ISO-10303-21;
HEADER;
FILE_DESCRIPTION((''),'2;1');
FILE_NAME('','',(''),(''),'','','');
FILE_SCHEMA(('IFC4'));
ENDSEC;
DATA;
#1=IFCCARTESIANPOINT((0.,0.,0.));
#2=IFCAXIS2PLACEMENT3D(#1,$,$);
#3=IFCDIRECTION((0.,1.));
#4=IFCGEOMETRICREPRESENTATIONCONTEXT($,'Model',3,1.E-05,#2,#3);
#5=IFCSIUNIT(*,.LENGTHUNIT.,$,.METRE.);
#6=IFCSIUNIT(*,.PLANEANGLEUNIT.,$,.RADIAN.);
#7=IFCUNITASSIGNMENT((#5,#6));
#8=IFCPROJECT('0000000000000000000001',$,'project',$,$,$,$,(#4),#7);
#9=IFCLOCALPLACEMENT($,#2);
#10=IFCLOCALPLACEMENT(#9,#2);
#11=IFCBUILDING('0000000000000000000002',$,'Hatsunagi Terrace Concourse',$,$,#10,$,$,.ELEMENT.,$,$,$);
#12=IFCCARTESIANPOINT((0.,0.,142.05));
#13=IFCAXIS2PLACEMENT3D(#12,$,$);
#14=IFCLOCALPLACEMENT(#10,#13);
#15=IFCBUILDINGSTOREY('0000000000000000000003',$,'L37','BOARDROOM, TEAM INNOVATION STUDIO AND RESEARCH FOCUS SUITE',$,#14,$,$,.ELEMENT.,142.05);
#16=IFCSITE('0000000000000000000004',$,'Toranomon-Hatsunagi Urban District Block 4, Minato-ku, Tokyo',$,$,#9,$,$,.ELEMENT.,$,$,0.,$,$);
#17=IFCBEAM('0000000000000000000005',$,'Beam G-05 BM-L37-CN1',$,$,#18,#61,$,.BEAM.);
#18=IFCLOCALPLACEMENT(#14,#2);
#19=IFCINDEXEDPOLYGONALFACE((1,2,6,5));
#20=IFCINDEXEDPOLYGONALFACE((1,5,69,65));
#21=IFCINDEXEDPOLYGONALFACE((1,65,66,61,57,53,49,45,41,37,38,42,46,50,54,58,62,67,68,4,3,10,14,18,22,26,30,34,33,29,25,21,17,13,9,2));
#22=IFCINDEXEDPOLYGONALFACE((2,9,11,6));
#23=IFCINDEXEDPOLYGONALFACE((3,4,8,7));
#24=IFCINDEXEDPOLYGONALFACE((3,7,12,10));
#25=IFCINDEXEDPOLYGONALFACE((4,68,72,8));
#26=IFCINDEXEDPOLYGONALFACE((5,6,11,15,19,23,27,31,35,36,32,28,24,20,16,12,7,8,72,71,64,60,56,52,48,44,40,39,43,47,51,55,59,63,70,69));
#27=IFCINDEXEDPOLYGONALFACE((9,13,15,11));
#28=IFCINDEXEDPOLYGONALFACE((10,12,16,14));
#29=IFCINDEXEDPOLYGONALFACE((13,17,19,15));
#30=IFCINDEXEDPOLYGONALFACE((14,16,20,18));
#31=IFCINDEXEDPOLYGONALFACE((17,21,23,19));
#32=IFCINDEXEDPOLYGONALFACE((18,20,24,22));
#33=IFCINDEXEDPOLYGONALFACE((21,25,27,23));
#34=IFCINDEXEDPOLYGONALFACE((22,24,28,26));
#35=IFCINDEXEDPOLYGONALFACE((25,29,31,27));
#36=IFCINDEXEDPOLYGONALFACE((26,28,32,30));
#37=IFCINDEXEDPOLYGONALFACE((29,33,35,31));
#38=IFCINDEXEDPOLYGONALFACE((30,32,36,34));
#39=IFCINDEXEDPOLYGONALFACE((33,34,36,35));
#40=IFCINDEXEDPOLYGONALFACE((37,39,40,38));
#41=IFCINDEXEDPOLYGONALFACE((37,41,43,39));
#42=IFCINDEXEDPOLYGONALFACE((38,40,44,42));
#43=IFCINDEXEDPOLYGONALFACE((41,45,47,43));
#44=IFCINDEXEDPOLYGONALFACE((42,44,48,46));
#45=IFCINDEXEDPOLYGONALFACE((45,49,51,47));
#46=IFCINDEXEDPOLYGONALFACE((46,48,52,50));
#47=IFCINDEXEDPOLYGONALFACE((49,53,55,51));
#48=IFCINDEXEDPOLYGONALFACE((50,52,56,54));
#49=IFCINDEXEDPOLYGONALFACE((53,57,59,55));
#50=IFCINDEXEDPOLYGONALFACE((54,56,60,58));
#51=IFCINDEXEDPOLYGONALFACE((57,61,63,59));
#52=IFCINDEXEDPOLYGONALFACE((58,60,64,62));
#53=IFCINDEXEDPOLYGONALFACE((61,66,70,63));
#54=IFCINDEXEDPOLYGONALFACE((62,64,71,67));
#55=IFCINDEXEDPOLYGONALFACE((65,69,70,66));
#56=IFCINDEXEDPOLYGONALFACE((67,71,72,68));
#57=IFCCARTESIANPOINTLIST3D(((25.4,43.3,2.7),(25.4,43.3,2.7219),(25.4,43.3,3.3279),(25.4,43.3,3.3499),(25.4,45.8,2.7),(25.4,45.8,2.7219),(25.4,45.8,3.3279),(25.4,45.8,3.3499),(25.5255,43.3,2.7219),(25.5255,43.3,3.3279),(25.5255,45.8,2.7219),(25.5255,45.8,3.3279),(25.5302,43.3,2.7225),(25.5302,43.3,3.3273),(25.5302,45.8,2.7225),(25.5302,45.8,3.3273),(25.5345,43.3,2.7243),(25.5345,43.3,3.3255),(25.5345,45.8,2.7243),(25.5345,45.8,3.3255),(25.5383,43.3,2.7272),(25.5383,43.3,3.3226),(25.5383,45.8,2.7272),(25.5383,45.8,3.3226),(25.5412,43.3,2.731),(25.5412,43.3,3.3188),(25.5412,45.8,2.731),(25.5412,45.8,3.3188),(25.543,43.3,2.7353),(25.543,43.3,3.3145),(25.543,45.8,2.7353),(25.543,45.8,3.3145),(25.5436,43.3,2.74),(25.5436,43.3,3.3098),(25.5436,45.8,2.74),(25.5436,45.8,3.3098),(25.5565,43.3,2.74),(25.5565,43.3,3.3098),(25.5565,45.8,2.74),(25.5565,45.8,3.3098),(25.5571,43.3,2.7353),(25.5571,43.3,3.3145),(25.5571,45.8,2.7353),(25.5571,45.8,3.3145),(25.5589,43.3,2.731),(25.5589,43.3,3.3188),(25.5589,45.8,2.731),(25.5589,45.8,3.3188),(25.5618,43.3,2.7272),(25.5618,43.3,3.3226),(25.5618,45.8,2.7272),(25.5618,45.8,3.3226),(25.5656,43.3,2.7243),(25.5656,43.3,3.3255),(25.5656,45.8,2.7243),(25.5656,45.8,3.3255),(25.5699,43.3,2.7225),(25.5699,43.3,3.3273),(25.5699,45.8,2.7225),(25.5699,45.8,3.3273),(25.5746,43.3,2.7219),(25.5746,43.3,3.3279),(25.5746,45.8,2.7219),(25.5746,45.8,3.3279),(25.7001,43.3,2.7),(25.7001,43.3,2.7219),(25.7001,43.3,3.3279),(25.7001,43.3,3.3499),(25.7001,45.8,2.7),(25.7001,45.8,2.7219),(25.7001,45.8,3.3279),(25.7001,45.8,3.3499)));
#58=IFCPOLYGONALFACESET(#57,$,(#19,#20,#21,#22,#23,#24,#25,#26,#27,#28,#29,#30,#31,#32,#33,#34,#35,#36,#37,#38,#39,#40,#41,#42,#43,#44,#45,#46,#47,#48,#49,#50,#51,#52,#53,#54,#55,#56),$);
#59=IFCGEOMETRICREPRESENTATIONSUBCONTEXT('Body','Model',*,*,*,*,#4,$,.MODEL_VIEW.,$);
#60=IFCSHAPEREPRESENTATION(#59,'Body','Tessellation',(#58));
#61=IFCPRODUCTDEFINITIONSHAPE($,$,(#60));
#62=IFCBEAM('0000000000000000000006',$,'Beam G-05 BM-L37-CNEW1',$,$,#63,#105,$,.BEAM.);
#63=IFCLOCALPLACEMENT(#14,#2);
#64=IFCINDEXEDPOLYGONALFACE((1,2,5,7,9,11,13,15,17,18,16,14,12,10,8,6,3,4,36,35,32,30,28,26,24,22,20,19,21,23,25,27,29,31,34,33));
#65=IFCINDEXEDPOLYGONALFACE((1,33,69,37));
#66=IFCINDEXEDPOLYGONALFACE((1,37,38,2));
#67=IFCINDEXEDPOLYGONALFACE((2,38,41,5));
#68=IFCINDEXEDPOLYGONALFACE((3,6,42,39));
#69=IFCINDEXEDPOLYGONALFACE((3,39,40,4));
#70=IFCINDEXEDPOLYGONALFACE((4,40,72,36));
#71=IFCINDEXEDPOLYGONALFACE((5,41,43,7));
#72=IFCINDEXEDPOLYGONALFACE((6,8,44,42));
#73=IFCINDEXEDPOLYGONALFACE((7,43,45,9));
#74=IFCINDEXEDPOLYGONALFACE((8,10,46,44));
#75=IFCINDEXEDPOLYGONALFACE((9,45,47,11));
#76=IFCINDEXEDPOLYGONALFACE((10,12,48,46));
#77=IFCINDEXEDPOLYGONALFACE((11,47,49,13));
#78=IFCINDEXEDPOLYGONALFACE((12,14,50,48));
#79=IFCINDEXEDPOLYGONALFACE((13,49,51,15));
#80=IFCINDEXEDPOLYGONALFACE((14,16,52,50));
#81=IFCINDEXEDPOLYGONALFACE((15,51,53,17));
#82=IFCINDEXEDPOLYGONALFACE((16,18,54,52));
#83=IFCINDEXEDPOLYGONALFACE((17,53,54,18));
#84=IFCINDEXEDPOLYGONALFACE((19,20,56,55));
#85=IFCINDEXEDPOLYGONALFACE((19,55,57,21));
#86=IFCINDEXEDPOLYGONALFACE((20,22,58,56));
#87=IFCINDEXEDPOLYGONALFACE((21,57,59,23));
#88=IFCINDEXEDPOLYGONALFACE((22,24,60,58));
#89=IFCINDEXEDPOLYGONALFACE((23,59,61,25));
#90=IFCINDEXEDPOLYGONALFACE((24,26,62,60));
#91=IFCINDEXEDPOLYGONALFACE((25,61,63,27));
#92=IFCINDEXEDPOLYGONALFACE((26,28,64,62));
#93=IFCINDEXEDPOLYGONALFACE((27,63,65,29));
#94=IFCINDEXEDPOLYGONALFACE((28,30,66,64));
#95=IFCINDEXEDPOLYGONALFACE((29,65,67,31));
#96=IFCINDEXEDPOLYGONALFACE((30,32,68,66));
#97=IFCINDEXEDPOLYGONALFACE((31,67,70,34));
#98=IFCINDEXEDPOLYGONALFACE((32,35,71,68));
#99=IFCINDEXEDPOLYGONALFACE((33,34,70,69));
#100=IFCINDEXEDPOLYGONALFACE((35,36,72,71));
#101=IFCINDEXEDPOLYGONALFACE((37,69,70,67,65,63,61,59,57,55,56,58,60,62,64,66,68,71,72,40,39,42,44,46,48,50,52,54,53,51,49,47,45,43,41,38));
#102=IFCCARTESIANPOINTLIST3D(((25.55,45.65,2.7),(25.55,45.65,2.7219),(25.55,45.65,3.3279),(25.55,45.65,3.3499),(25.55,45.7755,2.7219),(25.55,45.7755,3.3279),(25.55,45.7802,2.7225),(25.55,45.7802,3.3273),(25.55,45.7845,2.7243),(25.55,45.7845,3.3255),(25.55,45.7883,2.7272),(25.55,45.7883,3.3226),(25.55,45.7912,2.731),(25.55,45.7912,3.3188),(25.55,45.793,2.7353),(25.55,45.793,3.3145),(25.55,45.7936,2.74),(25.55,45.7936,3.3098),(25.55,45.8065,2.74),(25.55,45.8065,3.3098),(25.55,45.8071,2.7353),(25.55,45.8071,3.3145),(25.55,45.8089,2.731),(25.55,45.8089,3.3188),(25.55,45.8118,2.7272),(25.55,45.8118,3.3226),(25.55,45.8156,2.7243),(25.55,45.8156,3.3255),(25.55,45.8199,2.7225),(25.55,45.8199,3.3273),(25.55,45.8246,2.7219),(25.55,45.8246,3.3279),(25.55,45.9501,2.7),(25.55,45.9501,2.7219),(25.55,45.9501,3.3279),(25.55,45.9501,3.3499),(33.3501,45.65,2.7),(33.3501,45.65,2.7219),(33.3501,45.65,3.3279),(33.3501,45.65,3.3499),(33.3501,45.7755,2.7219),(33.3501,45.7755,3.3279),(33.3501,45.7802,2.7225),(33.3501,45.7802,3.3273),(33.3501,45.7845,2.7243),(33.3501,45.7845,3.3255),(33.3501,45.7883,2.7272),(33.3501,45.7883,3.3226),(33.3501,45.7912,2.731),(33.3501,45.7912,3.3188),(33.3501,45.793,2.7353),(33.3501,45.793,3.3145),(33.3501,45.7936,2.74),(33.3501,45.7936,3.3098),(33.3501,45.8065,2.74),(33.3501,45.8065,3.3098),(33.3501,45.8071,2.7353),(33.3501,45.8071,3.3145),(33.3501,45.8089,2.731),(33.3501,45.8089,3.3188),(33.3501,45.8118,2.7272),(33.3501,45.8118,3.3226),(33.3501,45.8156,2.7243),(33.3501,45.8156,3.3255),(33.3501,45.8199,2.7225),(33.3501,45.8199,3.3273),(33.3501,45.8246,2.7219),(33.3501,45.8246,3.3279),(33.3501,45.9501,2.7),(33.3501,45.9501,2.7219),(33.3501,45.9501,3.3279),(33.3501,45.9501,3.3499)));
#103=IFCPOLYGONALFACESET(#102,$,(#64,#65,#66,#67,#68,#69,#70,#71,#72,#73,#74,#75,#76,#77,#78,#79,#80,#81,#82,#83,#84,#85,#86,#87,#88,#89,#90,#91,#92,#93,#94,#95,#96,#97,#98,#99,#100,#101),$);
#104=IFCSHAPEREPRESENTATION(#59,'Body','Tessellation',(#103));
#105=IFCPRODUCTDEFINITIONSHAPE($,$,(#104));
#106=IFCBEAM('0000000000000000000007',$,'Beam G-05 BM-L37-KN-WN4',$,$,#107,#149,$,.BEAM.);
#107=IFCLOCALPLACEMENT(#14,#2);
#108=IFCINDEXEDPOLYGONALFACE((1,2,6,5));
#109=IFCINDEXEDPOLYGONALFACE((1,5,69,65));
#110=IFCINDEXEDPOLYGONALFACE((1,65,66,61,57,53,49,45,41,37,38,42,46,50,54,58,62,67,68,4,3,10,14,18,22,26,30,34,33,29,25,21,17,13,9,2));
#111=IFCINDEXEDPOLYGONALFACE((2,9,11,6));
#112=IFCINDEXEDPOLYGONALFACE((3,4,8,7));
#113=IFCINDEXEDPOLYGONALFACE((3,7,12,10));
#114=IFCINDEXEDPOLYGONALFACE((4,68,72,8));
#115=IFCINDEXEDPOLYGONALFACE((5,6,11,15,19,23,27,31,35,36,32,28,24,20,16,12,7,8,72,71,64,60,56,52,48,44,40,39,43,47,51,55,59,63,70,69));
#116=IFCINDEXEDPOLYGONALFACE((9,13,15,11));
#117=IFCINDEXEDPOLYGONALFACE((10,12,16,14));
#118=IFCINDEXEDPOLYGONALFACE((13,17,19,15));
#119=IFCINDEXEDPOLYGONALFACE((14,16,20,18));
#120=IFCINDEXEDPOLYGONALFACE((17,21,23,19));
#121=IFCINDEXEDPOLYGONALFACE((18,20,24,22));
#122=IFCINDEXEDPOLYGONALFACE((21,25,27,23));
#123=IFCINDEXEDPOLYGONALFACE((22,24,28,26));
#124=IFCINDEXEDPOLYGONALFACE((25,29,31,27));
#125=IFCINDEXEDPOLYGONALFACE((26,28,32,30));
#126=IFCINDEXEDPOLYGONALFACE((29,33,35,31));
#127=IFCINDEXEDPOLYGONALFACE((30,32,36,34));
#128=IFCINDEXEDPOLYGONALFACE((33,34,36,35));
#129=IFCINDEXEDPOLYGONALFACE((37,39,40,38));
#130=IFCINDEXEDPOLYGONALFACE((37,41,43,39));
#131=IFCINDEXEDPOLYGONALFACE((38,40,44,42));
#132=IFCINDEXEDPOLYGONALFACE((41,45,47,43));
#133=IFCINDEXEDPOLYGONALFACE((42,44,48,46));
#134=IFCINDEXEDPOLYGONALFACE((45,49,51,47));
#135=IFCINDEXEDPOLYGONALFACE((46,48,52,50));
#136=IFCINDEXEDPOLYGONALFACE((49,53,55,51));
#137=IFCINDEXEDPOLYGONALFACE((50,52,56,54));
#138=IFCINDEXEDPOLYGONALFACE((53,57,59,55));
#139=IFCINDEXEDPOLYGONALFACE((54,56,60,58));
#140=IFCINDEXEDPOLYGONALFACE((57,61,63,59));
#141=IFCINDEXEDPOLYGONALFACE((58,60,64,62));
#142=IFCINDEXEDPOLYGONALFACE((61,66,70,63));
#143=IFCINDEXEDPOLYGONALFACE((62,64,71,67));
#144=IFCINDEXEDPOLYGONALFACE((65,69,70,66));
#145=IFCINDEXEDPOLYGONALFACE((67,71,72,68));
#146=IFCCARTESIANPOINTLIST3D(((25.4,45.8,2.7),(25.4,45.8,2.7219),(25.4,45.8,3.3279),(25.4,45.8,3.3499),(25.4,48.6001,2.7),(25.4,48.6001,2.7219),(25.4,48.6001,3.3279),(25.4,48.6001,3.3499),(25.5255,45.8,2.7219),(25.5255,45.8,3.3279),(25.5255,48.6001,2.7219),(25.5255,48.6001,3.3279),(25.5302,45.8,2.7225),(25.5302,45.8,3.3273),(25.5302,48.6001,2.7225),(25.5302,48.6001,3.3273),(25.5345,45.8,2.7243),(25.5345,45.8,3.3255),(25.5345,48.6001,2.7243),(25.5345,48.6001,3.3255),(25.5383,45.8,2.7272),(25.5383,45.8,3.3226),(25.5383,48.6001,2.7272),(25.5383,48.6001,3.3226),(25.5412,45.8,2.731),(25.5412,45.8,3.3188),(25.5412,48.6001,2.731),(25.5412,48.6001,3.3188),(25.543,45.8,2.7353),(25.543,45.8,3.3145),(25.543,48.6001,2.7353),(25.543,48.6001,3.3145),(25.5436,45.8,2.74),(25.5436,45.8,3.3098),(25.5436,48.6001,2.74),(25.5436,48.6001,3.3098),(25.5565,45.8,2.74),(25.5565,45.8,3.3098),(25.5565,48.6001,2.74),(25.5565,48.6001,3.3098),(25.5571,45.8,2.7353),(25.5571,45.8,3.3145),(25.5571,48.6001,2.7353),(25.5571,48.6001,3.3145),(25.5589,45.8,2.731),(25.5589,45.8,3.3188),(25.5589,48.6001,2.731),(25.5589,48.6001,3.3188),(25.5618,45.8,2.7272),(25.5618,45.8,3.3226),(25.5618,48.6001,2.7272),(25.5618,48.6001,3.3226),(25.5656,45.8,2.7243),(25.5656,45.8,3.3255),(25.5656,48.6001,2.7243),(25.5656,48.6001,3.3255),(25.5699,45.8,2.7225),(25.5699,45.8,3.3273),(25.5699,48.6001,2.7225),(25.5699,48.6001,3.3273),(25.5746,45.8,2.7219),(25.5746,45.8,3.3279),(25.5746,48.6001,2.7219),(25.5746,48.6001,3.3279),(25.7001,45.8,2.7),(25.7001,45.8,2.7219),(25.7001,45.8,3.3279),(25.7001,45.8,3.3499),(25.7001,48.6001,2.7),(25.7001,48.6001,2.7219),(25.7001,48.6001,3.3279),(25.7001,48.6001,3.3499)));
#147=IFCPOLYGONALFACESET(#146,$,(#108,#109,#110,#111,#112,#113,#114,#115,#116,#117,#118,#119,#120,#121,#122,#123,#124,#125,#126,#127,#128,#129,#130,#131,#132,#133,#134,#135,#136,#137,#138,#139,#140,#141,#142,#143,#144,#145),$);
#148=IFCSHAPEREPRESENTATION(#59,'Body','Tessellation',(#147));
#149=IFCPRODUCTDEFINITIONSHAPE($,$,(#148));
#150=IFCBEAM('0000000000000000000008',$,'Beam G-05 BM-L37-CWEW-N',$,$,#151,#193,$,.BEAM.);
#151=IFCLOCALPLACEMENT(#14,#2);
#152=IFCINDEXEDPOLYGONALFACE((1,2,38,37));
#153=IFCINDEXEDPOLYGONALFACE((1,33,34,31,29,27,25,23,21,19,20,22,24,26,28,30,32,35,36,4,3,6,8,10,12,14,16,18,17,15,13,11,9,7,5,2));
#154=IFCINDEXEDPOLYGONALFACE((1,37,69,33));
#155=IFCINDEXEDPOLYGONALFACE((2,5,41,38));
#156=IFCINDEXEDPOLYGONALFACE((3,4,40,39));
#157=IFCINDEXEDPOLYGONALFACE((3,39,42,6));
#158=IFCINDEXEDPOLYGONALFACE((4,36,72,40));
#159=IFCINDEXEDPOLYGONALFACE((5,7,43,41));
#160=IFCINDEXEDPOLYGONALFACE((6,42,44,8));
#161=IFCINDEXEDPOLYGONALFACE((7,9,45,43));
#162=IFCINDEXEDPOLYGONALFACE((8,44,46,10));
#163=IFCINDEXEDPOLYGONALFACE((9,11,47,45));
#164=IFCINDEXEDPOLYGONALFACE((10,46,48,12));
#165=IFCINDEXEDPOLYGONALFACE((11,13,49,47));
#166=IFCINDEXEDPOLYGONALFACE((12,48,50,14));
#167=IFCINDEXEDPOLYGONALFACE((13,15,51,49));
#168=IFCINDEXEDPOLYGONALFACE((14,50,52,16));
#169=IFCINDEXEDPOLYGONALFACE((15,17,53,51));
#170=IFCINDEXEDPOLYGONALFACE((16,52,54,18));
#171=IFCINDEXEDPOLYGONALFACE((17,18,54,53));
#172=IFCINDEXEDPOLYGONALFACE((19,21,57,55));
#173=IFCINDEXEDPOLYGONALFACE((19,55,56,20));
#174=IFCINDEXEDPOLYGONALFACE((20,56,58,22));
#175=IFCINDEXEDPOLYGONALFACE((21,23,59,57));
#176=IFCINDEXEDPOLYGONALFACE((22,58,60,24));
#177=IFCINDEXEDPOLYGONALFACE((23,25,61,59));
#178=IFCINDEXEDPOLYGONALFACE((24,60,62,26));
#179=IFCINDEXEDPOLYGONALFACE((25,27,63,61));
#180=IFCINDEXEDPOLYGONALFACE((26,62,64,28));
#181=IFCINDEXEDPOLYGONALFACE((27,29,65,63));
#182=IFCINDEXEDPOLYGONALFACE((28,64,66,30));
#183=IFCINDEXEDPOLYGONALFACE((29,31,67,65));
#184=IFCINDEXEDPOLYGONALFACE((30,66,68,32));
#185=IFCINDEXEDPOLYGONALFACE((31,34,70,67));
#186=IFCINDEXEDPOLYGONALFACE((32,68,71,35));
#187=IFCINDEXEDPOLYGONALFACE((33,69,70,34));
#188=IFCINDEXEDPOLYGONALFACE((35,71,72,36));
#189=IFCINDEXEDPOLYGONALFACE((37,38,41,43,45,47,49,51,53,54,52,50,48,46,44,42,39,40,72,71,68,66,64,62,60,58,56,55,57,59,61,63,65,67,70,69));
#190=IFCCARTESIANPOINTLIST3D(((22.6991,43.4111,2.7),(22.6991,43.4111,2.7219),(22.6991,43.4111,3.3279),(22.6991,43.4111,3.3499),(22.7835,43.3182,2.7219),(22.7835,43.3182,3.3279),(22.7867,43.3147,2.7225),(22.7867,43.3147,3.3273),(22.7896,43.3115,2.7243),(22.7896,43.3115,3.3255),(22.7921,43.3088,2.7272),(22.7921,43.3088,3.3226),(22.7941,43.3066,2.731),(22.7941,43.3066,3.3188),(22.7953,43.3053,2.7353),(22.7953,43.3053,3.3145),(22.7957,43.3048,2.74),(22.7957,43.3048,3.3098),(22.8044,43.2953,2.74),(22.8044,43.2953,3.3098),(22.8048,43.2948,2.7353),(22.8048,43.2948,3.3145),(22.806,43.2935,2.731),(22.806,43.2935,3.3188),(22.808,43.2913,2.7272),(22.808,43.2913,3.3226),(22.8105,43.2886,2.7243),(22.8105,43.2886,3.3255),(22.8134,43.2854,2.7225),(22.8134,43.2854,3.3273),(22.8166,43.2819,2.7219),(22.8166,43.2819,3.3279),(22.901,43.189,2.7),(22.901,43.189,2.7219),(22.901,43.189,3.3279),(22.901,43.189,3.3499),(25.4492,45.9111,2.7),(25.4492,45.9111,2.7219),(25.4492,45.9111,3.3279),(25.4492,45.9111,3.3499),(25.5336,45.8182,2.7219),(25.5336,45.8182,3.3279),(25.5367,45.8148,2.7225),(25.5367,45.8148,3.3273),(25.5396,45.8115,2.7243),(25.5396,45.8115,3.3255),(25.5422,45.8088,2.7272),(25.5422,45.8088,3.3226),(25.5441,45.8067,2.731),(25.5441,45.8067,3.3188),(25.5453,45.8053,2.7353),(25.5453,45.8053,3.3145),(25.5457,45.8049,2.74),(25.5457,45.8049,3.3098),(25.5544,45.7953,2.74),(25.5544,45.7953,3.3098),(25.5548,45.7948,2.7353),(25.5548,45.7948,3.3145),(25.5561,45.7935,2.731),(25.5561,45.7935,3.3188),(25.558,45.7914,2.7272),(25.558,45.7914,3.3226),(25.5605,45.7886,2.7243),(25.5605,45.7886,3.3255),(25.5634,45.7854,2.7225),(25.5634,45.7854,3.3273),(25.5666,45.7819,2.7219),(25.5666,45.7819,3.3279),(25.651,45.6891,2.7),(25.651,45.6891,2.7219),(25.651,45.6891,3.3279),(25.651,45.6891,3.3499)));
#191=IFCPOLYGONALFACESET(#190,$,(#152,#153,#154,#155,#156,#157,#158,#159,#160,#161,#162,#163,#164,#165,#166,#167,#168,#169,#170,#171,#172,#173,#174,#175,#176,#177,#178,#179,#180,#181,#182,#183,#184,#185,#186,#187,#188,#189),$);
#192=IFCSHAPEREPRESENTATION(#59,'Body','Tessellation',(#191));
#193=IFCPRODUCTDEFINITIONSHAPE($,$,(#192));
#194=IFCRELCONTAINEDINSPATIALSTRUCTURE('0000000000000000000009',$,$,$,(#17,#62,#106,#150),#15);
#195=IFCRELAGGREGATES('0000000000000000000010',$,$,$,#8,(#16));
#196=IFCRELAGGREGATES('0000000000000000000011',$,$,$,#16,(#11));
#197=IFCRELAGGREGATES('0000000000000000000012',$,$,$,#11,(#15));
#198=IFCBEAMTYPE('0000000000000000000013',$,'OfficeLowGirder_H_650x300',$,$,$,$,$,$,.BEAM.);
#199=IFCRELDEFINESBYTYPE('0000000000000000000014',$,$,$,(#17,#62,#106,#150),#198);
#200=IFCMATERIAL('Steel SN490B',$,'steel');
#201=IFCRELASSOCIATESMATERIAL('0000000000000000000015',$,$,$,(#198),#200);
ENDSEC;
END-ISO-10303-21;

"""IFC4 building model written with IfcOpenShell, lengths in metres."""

from ifc_helpers import new_model, si_unit, direction, frame, origin, origin_2d, place, context, subcontext, project, spatial, i_section, extrude, material, material_profile, profile_set, type_object, element, save


model = new_model("IFC4")

# Units and contexts
model_context = context("Model", 3, precision=1e-05, world=origin(), true_north=direction((0.0, 1.0)))
body_context = subcontext(model_context, "Body", "Model", "MODEL_VIEW")
ifc_project = project(units=[si_unit("LENGTHUNIT", "METRE"), si_unit("PLANEANGLEUNIT", "RADIAN")], contexts=[model_context])

# Site, building, storey
site_placement = place(None, origin())
site = spatial("IfcSite", under=ifc_project, at=site_placement, Name="Toranomon-Hatsunagi Urban District Block 4, Minato-ku, Tokyo", CompositionType="ELEMENT", RefElevation=0.0)
building_placement = place(site_placement, origin())
building = spatial("IfcBuilding", under=site, at=building_placement, Name="Hatsunagi Terrace Concourse", CompositionType="ELEMENT")
storey_placement = place(building_placement, frame((0.0, 0.0, 142.05)))
storey = spatial("IfcBuildingStorey", under=building, at=storey_placement, Name="L37", Description="BOARDROOM, TEAM INNOVATION STUDIO AND RESEARCH FOCUS SUITE", CompositionType="ELEMENT", Elevation=142.05)

# Beams
ifc_material_1 = material(Name="Steel SN490B", Category="steel")
ifc_material_profile_1 = material_profile(ifc_material_1, i_section(OverallWidth=0.3, OverallDepth=0.6499, WebThickness=0.0129, FlangeThickness=0.022, FilletRadius=0.0181, at=origin_2d()), Name="H-650x300x13x22")
ifc_profile_set_1 = profile_set([ifc_material_profile_1], Name="Steel SN490B")
beam_type_1 = type_object("IfcBeamType", Name="OfficeLowGirder_H_650x300", PredefinedType="BEAM", material=ifc_profile_set_1)
beam_1_placement = place(storey_placement, frame((25.55, 43.3, 3.0249), z_axis=(0.0, 1.0, 0.0), x_axis=(-1.0, 0.0, 0.0)))
element("IfcBeam", 1, at=beam_1_placement, inside=storey, type_object=beam_type_1, Name="Beam G-05 BM-L37-CN1", PredefinedType="BEAM", context=body_context, shape_type="SweptSolid", body=[
    extrude(i_section(OverallWidth=0.3, OverallDepth=0.6499, WebThickness=0.0129, FlangeThickness=0.022, FilletRadius=0.0181, at=origin_2d()), origin(), (0.0, 0.0, 1.0), 2.5),
])
beam_2_placement = place(storey_placement, frame((25.55, 45.8, 3.0249), z_axis=(1.0, 0.0, 0.0), x_axis=(0.0, 1.0, 0.0)))
element("IfcBeam", 2, at=beam_2_placement, inside=storey, type_object=beam_type_1, Name="Beam G-05 BM-L37-CNEW1", PredefinedType="BEAM", context=body_context, shape_type="SweptSolid", body=[
    extrude(i_section(OverallWidth=0.3, OverallDepth=0.6499, WebThickness=0.0129, FlangeThickness=0.022, FilletRadius=0.0181, at=origin_2d()), origin(), (0.0, 0.0, 1.0), 7.8),
])
beam_3_placement = place(storey_placement, frame((25.55, 45.8, 3.0249), z_axis=(0.0, 1.0, 0.0), x_axis=(-1.0, 0.0, 0.0)))
element("IfcBeam", 3, at=beam_3_placement, inside=storey, type_object=beam_type_1, Name="Beam G-05 BM-L37-KN-WN4", PredefinedType="BEAM", context=body_context, shape_type="SweptSolid", body=[
    extrude(i_section(OverallWidth=0.3, OverallDepth=0.6499, WebThickness=0.0129, FlangeThickness=0.022, FilletRadius=0.0181, at=origin_2d()), origin(), (0.0, 0.0, 1.0), 2.8),
])
beam_4_placement = place(storey_placement, frame((22.8, 43.3, 3.0249), z_axis=(0.73994, 0.672673, 0.0), x_axis=(-0.672673, 0.73994, 0.0)))
element("IfcBeam", 4, at=beam_4_placement, inside=storey, type_object=beam_type_1, Name="Beam G-05 BM-L37-CWEW-N", PredefinedType="BEAM", context=body_context, shape_type="SweptSolid", body=[
    extrude(i_section(OverallWidth=0.3, OverallDepth=0.6499, WebThickness=0.0129, FlangeThickness=0.022, FilletRadius=0.0181, at=origin_2d()), origin(), (0.0, 0.0, 1.0), 3.7166),
])

save(model, "model.ifc")
